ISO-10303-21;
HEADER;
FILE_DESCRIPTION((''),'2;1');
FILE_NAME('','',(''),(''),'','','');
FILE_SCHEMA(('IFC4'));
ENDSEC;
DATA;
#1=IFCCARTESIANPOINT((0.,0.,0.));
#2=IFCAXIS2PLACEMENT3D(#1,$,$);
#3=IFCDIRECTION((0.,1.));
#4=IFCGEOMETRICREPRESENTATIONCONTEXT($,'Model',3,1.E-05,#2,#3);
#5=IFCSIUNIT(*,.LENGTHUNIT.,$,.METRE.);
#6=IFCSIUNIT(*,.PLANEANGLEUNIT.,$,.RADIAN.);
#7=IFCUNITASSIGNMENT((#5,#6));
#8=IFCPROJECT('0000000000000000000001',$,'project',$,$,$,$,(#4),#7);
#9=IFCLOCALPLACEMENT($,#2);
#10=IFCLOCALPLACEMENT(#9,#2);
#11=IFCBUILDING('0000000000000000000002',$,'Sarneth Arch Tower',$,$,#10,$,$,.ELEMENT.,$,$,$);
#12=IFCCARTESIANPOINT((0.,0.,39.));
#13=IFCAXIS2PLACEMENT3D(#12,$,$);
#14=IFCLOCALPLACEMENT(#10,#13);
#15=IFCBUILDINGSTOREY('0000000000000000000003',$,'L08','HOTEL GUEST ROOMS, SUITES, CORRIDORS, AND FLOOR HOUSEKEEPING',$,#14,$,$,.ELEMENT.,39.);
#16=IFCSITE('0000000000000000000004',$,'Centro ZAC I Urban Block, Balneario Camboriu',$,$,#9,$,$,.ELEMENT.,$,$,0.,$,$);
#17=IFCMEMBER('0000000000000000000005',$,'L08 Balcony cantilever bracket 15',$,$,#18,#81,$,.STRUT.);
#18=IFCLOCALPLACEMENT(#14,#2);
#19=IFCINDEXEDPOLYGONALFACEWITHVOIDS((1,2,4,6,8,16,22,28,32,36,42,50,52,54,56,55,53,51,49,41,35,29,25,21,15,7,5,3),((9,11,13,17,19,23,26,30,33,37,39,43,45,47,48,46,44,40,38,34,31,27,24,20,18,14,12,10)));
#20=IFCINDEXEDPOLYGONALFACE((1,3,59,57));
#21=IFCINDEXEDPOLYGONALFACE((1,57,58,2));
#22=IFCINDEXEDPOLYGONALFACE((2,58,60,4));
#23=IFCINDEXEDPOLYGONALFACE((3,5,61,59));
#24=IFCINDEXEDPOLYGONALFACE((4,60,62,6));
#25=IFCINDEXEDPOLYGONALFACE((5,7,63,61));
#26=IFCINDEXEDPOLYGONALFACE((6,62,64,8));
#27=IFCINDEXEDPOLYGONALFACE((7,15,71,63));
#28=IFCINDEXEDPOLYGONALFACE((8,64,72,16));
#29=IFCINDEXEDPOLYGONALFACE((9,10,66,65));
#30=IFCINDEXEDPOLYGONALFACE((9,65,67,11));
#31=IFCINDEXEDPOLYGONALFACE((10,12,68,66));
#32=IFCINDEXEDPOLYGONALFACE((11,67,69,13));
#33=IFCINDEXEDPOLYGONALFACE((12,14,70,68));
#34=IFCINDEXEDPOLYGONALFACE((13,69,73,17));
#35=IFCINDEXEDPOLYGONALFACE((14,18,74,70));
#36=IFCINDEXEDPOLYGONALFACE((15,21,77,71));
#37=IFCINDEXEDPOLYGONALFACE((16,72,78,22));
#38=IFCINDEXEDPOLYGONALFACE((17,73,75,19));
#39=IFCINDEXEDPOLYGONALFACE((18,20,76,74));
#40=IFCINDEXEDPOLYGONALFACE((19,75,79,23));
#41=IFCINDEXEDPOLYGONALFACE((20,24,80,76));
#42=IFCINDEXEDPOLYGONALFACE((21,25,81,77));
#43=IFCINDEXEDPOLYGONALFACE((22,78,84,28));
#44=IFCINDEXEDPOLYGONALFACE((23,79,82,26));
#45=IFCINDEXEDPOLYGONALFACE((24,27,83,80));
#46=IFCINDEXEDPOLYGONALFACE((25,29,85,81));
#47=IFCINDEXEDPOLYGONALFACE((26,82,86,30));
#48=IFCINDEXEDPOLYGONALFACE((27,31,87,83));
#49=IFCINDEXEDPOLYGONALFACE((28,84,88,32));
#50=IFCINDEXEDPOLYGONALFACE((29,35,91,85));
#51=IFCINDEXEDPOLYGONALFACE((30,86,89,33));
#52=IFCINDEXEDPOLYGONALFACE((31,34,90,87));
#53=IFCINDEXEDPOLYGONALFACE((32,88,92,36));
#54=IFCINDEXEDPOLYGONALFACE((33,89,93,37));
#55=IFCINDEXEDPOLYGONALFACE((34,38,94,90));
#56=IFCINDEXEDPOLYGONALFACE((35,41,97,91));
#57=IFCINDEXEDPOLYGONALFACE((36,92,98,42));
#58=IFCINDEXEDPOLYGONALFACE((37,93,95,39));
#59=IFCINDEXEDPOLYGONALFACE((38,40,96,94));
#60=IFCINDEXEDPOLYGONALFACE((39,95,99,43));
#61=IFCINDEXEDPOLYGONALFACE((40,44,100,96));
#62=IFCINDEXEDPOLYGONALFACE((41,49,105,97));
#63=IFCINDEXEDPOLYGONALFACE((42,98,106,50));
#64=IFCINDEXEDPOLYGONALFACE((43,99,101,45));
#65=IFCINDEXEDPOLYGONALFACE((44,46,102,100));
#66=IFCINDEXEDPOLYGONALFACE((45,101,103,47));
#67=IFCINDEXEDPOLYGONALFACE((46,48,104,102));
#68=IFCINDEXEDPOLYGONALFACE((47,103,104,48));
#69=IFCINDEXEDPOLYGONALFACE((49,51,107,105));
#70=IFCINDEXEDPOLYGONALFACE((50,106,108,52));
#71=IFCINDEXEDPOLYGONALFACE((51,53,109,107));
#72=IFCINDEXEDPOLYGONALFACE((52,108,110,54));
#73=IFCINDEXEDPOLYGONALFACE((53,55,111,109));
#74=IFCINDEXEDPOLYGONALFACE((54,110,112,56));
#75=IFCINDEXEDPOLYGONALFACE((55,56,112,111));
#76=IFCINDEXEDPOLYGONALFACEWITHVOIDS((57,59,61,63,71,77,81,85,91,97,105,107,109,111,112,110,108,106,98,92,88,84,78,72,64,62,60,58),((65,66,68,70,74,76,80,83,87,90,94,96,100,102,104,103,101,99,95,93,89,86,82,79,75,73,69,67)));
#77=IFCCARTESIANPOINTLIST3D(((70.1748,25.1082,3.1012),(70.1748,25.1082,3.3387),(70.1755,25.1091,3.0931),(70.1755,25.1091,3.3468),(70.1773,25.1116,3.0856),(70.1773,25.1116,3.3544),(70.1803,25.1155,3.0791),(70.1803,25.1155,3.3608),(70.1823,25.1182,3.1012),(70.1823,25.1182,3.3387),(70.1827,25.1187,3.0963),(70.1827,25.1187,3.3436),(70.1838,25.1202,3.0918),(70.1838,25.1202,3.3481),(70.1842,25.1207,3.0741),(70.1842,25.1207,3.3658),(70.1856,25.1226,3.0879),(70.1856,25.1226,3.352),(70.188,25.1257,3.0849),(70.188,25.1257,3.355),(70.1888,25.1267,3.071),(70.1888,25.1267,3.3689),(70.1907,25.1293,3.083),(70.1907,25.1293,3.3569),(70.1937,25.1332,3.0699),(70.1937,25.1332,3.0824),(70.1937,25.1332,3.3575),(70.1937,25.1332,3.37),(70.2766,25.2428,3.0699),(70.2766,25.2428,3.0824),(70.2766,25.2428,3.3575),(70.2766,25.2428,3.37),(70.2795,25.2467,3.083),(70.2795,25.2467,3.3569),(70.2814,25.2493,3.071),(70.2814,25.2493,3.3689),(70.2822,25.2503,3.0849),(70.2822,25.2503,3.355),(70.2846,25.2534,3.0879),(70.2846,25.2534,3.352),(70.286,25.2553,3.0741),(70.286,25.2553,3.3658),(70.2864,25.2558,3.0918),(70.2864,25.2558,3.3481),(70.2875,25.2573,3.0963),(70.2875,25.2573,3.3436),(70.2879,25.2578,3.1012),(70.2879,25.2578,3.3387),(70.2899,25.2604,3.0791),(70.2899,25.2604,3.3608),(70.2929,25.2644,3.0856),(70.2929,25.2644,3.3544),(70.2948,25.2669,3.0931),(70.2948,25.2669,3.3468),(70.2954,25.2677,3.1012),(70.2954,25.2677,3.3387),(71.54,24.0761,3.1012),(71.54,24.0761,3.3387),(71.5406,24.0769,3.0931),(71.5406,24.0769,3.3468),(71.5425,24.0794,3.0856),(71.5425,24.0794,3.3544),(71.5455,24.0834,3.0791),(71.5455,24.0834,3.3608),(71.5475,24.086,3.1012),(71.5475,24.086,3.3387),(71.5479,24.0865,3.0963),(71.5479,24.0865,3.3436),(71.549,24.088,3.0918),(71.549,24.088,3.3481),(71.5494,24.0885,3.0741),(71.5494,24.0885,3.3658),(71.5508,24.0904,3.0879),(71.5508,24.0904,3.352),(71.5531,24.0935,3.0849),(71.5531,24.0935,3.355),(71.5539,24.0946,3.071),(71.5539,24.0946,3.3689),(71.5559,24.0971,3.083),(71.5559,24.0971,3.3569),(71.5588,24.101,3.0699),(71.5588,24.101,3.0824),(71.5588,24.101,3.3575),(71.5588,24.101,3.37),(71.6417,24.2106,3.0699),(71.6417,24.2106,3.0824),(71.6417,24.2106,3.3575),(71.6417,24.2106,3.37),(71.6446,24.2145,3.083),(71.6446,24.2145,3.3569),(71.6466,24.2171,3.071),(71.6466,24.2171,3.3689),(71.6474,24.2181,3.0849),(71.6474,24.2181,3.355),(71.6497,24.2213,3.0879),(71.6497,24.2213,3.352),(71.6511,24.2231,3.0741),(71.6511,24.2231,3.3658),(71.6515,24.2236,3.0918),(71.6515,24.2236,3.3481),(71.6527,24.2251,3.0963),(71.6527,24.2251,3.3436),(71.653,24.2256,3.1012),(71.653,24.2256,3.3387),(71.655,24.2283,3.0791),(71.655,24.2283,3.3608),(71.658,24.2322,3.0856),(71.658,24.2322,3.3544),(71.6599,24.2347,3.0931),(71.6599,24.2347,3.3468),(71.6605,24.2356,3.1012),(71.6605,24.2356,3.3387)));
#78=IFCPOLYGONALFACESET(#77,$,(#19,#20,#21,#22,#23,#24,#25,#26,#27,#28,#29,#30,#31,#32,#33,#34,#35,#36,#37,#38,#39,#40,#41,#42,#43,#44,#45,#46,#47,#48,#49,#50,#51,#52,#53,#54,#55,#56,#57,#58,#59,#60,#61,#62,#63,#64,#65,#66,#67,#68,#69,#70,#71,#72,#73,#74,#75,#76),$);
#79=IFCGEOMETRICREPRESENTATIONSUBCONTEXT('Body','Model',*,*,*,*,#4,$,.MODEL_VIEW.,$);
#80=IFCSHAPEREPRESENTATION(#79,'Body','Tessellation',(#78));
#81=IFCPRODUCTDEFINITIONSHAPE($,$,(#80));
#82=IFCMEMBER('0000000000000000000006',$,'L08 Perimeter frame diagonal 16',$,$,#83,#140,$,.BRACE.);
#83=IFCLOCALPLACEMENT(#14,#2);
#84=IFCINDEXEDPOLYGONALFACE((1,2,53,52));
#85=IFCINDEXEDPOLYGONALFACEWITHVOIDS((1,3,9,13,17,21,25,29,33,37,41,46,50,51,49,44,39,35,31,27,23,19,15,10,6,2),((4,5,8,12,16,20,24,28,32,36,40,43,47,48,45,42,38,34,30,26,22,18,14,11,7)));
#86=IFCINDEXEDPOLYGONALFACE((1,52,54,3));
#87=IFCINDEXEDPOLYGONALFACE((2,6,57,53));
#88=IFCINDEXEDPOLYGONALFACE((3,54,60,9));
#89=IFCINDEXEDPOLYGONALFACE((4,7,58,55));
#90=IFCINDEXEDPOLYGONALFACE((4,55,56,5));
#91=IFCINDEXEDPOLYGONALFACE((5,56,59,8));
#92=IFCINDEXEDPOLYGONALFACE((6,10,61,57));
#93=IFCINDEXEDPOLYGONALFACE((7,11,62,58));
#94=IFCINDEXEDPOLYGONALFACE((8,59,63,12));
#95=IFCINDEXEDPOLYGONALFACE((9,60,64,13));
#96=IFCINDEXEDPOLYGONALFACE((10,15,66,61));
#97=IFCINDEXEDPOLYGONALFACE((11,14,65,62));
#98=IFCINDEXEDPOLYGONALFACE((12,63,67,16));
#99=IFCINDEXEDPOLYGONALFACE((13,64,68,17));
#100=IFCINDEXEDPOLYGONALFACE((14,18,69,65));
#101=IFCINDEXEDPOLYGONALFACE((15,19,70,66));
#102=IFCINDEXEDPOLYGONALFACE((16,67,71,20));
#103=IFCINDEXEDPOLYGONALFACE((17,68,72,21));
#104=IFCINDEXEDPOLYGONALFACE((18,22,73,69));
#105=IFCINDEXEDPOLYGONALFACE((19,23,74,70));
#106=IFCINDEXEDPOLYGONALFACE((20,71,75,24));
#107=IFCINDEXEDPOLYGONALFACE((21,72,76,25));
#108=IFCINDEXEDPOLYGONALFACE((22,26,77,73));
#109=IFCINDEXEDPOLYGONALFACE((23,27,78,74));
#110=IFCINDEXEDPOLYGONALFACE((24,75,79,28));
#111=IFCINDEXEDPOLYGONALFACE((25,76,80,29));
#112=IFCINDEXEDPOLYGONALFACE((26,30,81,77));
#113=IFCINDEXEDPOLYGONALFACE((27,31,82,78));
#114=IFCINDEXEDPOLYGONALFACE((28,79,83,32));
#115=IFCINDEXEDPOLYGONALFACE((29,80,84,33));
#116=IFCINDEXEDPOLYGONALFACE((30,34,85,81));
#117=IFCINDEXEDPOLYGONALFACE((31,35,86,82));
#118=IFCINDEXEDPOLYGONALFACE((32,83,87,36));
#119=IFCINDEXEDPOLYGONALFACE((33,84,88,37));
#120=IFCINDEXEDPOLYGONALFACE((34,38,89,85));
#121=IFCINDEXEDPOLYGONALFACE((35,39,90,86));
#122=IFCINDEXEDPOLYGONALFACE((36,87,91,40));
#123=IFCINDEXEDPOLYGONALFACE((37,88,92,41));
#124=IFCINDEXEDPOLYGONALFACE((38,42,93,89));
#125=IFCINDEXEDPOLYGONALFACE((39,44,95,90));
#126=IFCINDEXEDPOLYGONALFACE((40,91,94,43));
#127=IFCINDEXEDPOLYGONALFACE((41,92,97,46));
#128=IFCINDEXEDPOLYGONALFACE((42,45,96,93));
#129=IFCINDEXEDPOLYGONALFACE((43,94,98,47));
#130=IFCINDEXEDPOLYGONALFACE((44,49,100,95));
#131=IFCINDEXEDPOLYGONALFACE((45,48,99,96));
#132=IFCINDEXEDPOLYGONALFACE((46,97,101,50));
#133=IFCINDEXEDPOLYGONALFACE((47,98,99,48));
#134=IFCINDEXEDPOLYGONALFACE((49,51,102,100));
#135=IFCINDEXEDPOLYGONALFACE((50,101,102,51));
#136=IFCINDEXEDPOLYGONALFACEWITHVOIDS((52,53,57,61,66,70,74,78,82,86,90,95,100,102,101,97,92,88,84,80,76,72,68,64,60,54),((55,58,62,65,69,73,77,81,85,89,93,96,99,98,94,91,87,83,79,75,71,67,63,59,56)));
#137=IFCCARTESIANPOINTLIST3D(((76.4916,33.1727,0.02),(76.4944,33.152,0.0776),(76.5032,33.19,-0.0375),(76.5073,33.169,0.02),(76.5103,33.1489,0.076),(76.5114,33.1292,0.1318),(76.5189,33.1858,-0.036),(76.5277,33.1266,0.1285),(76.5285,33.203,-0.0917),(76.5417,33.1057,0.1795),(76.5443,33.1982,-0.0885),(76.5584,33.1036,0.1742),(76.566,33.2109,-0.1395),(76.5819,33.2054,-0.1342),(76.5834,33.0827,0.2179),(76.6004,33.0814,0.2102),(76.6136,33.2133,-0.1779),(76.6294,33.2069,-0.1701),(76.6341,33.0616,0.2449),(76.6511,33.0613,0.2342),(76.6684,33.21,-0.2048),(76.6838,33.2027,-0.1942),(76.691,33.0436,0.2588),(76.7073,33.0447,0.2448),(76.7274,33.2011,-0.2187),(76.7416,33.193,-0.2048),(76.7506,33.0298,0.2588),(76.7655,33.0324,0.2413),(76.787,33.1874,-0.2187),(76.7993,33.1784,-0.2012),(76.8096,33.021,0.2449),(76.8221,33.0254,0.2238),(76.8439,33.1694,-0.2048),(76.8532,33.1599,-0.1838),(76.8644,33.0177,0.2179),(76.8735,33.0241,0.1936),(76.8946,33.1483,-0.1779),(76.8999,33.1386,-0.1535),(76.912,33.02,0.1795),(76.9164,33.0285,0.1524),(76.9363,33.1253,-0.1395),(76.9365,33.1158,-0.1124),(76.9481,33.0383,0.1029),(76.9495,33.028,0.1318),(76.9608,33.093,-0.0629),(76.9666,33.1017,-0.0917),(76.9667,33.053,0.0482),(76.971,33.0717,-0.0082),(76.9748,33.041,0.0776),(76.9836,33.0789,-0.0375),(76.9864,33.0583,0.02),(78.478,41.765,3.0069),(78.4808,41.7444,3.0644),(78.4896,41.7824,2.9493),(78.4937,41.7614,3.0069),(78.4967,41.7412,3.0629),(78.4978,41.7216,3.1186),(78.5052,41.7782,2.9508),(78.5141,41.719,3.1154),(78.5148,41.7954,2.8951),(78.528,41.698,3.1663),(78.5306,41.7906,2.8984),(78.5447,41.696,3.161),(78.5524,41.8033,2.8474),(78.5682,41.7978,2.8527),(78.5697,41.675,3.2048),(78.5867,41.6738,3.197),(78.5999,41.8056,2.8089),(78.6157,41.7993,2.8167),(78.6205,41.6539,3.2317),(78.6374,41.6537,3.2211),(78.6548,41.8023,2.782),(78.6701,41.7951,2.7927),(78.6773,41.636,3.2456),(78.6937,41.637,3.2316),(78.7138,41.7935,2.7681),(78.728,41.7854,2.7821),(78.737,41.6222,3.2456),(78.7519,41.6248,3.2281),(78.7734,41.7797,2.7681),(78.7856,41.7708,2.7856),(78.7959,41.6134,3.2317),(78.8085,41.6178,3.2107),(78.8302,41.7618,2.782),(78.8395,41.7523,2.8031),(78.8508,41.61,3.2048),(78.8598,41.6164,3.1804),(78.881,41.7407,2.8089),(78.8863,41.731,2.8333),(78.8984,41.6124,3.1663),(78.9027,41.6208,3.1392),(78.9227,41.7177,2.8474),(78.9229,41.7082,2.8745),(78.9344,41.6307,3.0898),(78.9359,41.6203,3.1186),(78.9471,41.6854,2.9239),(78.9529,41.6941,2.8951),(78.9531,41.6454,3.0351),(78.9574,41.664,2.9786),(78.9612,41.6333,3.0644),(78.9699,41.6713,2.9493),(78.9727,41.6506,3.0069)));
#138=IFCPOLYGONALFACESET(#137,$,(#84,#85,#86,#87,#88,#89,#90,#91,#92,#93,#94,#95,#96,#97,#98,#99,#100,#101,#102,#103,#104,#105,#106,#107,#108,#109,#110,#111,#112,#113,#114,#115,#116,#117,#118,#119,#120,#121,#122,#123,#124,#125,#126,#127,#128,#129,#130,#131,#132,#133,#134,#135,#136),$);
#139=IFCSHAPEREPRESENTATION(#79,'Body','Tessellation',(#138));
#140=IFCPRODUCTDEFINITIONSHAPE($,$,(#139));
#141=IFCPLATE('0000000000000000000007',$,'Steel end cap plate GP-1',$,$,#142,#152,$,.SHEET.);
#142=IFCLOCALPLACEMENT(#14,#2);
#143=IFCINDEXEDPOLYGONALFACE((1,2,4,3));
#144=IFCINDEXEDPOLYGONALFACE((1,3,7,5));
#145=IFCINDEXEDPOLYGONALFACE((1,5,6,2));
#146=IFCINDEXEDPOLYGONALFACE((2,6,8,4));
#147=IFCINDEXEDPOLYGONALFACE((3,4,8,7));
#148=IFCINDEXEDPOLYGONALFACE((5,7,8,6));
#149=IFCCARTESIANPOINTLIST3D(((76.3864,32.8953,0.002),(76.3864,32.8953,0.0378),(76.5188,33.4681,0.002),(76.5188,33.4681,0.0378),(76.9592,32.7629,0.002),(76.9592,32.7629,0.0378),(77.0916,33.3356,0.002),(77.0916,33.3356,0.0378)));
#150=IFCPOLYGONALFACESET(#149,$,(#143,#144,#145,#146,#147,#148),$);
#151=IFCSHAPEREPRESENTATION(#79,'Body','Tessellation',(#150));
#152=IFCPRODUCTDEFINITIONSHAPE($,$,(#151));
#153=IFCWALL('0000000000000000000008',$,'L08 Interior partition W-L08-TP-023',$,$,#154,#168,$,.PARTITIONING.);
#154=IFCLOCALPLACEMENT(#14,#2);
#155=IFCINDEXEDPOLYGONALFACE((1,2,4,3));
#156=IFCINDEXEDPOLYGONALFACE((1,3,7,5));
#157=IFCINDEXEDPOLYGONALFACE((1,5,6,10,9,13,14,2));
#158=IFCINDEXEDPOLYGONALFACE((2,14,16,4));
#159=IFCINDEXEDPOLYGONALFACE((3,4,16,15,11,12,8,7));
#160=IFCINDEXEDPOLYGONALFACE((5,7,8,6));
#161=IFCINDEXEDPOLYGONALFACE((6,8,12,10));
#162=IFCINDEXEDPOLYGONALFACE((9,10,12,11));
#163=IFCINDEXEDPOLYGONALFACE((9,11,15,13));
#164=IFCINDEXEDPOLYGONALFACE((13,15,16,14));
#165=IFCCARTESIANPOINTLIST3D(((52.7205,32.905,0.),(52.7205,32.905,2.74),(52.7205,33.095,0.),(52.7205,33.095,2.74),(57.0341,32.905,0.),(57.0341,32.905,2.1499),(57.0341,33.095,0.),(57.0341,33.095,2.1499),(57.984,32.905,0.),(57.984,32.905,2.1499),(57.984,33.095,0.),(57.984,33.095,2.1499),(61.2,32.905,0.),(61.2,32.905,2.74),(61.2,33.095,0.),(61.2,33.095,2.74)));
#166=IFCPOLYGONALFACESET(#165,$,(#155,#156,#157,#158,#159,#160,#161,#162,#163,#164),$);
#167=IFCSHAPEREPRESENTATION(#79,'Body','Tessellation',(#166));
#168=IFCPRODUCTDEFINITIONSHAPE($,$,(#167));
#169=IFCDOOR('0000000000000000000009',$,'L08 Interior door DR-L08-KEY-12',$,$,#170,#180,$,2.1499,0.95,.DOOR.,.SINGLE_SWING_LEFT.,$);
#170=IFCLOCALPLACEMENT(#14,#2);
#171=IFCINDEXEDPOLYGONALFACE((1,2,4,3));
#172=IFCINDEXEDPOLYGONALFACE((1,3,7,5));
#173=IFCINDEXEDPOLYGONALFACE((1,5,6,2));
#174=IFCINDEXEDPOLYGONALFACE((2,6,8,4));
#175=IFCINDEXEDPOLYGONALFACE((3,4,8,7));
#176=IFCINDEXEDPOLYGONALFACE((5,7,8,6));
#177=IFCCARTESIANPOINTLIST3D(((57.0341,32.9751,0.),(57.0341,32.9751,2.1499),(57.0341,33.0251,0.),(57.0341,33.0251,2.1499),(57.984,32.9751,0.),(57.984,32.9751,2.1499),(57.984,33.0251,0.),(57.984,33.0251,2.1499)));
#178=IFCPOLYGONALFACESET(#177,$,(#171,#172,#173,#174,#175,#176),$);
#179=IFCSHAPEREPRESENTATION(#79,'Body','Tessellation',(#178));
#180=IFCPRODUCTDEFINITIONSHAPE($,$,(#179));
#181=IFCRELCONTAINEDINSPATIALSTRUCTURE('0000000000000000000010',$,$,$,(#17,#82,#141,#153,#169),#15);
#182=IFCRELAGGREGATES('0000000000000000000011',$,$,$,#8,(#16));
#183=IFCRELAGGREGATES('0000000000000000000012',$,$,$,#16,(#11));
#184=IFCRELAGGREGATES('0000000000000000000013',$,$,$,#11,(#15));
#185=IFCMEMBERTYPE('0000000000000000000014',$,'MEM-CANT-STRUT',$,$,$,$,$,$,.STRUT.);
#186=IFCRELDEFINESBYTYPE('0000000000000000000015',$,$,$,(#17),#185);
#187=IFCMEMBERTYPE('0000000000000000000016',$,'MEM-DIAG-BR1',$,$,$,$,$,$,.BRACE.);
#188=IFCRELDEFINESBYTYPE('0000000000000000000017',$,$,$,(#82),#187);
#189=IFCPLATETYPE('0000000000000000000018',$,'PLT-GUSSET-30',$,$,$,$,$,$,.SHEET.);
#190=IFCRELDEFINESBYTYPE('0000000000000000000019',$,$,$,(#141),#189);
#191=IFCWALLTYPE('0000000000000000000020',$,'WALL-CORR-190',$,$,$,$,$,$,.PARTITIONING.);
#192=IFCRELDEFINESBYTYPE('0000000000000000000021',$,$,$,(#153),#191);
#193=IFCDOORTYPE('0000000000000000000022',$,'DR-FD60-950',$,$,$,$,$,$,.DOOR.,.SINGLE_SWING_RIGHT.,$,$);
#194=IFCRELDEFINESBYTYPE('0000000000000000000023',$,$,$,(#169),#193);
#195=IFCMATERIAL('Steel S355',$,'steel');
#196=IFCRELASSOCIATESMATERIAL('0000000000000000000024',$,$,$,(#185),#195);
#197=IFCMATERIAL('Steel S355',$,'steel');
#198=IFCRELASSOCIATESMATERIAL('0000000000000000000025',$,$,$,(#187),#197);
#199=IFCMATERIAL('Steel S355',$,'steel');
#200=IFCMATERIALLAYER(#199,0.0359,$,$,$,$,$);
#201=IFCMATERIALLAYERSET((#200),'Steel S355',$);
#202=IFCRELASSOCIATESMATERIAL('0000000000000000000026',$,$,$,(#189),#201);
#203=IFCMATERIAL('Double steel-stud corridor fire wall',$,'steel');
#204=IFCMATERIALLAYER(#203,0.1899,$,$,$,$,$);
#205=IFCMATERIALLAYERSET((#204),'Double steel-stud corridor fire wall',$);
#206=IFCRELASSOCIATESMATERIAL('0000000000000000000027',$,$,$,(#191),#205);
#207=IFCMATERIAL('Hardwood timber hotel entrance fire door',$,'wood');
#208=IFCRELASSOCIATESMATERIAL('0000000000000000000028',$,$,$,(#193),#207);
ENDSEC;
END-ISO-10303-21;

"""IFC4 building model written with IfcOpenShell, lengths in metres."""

from ifc_helpers import new_model, si_unit, direction, frame, frame_2d, origin, origin_2d, place, context, subcontext, project, spatial, rectangle, hollow_rectangle, hollow_circle, extrude, material, layer, layer_set, material_profile, profile_set, type_object, element, fill, save


model = new_model("IFC4")

# Units and contexts
model_context = context("Model", 3, precision=1e-05, world=origin(), true_north=direction((0.0, 1.0)))
body_context = subcontext(model_context, "Body", "Model", "MODEL_VIEW")
ifc_project = project(units=[si_unit("LENGTHUNIT", "METRE"), si_unit("PLANEANGLEUNIT", "RADIAN")], contexts=[model_context])

# Site, building, storey
site_placement = place(None, origin())
site = spatial("IfcSite", under=ifc_project, at=site_placement, Name="Centro ZAC I Urban Block, Balneario Camboriu", CompositionType="ELEMENT", RefElevation=0.0)
building_placement = place(site_placement, origin())
building = spatial("IfcBuilding", under=site, at=building_placement, Name="Sarneth Arch Tower", CompositionType="ELEMENT")
storey_placement = place(building_placement, frame((0.0, 0.0, 39.0)))
storey = spatial("IfcBuildingStorey", under=building, at=storey_placement, Name="L08", Description="HOTEL GUEST ROOMS, SUITES, CORRIDORS, AND FLOOR HOUSEKEEPING", CompositionType="ELEMENT", Elevation=39.0)

# Members
ifc_material_1 = material(Name="Steel S355", Category="steel")
ifc_material_profile_1 = material_profile(ifc_material_1, hollow_rectangle(XDim=0.2, YDim=0.3, WallThickness=0.0125, InnerFilletRadius=0.0188, OuterFilletRadius=0.0312, at=origin_2d()), Name="RHS300x200x12.5")
ifc_profile_set_1 = profile_set([ifc_material_profile_1], Name="Steel S355")
member_type_1 = type_object("IfcMemberType", Name="MEM-CANT-STRUT", PredefinedType="STRUT", material=ifc_profile_set_1)
member_1_placement = place(storey_placement, frame((70.2351, 25.188, 3.22), z_axis=(0.797666, -0.603099, 0.0), x_axis=(0.603099, 0.797666, 0.0)))
element("IfcMember", 1, at=member_1_placement, inside=storey, type_object=member_type_1, Name="L08 Balcony cantilever bracket 15", PredefinedType="STRUT", context=body_context, shape_type="SweptSolid", body=[
    extrude(hollow_rectangle(XDim=0.2, YDim=0.3, WallThickness=0.0125, InnerFilletRadius=0.0188, OuterFilletRadius=0.0312, at=origin_2d()), origin(), (0.0, 0.0, 1.0), 1.7114),
])
ifc_material_2 = material(Name="Steel S355", Category="steel")
ifc_material_profile_2 = material_profile(ifc_material_2, hollow_circle(Radius=0.2539, WallThickness=0.0161, at=origin_2d()), Name="CHS508x16")
ifc_profile_set_2 = profile_set([ifc_material_profile_2], Name="Steel S355")
member_type_2 = type_object("IfcMemberType", Name="MEM-DIAG-BR1", PredefinedType="BRACE", material=ifc_profile_set_2)
member_2_placement = place(storey_placement, frame((76.739, 33.1155, 0.02), z_axis=(0.213332, 0.922814, 0.320785), x_axis=(-0.974304, 0.225236, 0.0)))
element("IfcMember", 2, at=member_2_placement, inside=storey, type_object=member_type_2, Name="L08 Perimeter frame diagonal 16", PredefinedType="BRACE", context=body_context, shape_type="SweptSolid", body=[
    extrude(hollow_circle(Radius=0.2539, WallThickness=0.0161, at=origin_2d()), origin(), (0.0, 0.0, 1.0), 9.311),
])

# Plate
ifc_material_3 = material(Name="Steel S355", Category="steel")
ifc_layer_1 = layer(ifc_material_3, 0.0359)
ifc_layer_set_1 = layer_set([ifc_layer_1], Name="Steel S355")
plate_type = type_object("IfcPlateType", Name="PLT-GUSSET-30", PredefinedType="SHEET", material=ifc_layer_set_1)
plate_placement = place(storey_placement, frame((76.739, 33.1155, 0.002), z_axis=(0.0, 0.0, 1.0), x_axis=(0.225291, 0.974291, 0.0)))
element("IfcPlate", 3, at=plate_placement, inside=storey, type_object=plate_type, Name="Steel end cap plate GP-1", PredefinedType="SHEET", context=body_context, shape_type="SweptSolid", body=[
    extrude(rectangle(XDim=0.5879, YDim=0.5879, at=origin_2d()), origin(), (0.0, 0.0, 1.0), 0.0359),
])

# Wall, opening, door
ifc_material_4 = material(Name="Double steel-stud corridor fire wall", Category="steel")
ifc_layer_2 = layer(ifc_material_4, 0.1899)
ifc_layer_set_2 = layer_set([ifc_layer_2], Name="Double steel-stud corridor fire wall")
wall_type_1 = type_object("IfcWallType", Name="WALL-CORR-190", PredefinedType="PARTITIONING", material=ifc_layer_set_2)
wall_1_placement = place(storey_placement, frame((61.2, 33.0, 0.0), z_axis=(0.0, 0.0, 1.0), x_axis=(-1.0, 0.0, 0.0)))
wall_1 = element("IfcWall", 4, at=wall_1_placement, inside=storey, type_object=wall_type_1, Name="L08 Interior partition W-L08-TP-023", PredefinedType="PARTITIONING", context=body_context, shape_type="SweptSolid", body=[
    extrude(rectangle(XDim=8.4795, YDim=0.1899, at=frame_2d((4.2397, 0.0))), origin(), (0.0, 0.0, 1.0), 2.74),
])
opening_1_placement = place(wall_1_placement, frame((3.2158, 0.0, 0.0)))
opening_1 = element("IfcOpeningElement", 5, at=opening_1_placement, cuts=wall_1, PredefinedType="OPENING", context=body_context, shape_type="SweptSolid", body=[
    extrude(rectangle(XDim=0.95, YDim=2.1499, at=frame_2d((0.4751, 1.075))), frame((0.0, 0.105, 0.0), z_axis=(0.0, -1.0, 0.0), x_axis=(1.0, 0.0, 0.0)), (0.0, 0.0, 1.0), 0.21),
])
ifc_material_5 = material(Name="Hardwood timber hotel entrance fire door", Category="wood")
door_type_1 = type_object("IfcDoorType", Name="DR-FD60-950", OperationType="SINGLE_SWING_RIGHT", PredefinedType="DOOR", material=ifc_material_5)
door_1_placement = place(opening_1_placement, origin())
door_1 = element("IfcDoor", 6, at=door_1_placement, inside=storey, type_object=door_type_1, Name="L08 Interior door DR-L08-KEY-12", OperationType="SINGLE_SWING_LEFT", OverallHeight=2.1499, OverallWidth=0.95, PredefinedType="DOOR", context=body_context, shape_type="SweptSolid", body=[
    extrude(rectangle(XDim=0.95, YDim=2.1499, at=frame_2d((0.4751, 1.075))), frame((0.0, 0.0249, 0.0), z_axis=(0.0, -1.0, 0.0), x_axis=(1.0, 0.0, 0.0)), (0.0, 0.0, 1.0), 0.05),
])
fill(opening_1, door_1)

save(model, "model.ifc")
